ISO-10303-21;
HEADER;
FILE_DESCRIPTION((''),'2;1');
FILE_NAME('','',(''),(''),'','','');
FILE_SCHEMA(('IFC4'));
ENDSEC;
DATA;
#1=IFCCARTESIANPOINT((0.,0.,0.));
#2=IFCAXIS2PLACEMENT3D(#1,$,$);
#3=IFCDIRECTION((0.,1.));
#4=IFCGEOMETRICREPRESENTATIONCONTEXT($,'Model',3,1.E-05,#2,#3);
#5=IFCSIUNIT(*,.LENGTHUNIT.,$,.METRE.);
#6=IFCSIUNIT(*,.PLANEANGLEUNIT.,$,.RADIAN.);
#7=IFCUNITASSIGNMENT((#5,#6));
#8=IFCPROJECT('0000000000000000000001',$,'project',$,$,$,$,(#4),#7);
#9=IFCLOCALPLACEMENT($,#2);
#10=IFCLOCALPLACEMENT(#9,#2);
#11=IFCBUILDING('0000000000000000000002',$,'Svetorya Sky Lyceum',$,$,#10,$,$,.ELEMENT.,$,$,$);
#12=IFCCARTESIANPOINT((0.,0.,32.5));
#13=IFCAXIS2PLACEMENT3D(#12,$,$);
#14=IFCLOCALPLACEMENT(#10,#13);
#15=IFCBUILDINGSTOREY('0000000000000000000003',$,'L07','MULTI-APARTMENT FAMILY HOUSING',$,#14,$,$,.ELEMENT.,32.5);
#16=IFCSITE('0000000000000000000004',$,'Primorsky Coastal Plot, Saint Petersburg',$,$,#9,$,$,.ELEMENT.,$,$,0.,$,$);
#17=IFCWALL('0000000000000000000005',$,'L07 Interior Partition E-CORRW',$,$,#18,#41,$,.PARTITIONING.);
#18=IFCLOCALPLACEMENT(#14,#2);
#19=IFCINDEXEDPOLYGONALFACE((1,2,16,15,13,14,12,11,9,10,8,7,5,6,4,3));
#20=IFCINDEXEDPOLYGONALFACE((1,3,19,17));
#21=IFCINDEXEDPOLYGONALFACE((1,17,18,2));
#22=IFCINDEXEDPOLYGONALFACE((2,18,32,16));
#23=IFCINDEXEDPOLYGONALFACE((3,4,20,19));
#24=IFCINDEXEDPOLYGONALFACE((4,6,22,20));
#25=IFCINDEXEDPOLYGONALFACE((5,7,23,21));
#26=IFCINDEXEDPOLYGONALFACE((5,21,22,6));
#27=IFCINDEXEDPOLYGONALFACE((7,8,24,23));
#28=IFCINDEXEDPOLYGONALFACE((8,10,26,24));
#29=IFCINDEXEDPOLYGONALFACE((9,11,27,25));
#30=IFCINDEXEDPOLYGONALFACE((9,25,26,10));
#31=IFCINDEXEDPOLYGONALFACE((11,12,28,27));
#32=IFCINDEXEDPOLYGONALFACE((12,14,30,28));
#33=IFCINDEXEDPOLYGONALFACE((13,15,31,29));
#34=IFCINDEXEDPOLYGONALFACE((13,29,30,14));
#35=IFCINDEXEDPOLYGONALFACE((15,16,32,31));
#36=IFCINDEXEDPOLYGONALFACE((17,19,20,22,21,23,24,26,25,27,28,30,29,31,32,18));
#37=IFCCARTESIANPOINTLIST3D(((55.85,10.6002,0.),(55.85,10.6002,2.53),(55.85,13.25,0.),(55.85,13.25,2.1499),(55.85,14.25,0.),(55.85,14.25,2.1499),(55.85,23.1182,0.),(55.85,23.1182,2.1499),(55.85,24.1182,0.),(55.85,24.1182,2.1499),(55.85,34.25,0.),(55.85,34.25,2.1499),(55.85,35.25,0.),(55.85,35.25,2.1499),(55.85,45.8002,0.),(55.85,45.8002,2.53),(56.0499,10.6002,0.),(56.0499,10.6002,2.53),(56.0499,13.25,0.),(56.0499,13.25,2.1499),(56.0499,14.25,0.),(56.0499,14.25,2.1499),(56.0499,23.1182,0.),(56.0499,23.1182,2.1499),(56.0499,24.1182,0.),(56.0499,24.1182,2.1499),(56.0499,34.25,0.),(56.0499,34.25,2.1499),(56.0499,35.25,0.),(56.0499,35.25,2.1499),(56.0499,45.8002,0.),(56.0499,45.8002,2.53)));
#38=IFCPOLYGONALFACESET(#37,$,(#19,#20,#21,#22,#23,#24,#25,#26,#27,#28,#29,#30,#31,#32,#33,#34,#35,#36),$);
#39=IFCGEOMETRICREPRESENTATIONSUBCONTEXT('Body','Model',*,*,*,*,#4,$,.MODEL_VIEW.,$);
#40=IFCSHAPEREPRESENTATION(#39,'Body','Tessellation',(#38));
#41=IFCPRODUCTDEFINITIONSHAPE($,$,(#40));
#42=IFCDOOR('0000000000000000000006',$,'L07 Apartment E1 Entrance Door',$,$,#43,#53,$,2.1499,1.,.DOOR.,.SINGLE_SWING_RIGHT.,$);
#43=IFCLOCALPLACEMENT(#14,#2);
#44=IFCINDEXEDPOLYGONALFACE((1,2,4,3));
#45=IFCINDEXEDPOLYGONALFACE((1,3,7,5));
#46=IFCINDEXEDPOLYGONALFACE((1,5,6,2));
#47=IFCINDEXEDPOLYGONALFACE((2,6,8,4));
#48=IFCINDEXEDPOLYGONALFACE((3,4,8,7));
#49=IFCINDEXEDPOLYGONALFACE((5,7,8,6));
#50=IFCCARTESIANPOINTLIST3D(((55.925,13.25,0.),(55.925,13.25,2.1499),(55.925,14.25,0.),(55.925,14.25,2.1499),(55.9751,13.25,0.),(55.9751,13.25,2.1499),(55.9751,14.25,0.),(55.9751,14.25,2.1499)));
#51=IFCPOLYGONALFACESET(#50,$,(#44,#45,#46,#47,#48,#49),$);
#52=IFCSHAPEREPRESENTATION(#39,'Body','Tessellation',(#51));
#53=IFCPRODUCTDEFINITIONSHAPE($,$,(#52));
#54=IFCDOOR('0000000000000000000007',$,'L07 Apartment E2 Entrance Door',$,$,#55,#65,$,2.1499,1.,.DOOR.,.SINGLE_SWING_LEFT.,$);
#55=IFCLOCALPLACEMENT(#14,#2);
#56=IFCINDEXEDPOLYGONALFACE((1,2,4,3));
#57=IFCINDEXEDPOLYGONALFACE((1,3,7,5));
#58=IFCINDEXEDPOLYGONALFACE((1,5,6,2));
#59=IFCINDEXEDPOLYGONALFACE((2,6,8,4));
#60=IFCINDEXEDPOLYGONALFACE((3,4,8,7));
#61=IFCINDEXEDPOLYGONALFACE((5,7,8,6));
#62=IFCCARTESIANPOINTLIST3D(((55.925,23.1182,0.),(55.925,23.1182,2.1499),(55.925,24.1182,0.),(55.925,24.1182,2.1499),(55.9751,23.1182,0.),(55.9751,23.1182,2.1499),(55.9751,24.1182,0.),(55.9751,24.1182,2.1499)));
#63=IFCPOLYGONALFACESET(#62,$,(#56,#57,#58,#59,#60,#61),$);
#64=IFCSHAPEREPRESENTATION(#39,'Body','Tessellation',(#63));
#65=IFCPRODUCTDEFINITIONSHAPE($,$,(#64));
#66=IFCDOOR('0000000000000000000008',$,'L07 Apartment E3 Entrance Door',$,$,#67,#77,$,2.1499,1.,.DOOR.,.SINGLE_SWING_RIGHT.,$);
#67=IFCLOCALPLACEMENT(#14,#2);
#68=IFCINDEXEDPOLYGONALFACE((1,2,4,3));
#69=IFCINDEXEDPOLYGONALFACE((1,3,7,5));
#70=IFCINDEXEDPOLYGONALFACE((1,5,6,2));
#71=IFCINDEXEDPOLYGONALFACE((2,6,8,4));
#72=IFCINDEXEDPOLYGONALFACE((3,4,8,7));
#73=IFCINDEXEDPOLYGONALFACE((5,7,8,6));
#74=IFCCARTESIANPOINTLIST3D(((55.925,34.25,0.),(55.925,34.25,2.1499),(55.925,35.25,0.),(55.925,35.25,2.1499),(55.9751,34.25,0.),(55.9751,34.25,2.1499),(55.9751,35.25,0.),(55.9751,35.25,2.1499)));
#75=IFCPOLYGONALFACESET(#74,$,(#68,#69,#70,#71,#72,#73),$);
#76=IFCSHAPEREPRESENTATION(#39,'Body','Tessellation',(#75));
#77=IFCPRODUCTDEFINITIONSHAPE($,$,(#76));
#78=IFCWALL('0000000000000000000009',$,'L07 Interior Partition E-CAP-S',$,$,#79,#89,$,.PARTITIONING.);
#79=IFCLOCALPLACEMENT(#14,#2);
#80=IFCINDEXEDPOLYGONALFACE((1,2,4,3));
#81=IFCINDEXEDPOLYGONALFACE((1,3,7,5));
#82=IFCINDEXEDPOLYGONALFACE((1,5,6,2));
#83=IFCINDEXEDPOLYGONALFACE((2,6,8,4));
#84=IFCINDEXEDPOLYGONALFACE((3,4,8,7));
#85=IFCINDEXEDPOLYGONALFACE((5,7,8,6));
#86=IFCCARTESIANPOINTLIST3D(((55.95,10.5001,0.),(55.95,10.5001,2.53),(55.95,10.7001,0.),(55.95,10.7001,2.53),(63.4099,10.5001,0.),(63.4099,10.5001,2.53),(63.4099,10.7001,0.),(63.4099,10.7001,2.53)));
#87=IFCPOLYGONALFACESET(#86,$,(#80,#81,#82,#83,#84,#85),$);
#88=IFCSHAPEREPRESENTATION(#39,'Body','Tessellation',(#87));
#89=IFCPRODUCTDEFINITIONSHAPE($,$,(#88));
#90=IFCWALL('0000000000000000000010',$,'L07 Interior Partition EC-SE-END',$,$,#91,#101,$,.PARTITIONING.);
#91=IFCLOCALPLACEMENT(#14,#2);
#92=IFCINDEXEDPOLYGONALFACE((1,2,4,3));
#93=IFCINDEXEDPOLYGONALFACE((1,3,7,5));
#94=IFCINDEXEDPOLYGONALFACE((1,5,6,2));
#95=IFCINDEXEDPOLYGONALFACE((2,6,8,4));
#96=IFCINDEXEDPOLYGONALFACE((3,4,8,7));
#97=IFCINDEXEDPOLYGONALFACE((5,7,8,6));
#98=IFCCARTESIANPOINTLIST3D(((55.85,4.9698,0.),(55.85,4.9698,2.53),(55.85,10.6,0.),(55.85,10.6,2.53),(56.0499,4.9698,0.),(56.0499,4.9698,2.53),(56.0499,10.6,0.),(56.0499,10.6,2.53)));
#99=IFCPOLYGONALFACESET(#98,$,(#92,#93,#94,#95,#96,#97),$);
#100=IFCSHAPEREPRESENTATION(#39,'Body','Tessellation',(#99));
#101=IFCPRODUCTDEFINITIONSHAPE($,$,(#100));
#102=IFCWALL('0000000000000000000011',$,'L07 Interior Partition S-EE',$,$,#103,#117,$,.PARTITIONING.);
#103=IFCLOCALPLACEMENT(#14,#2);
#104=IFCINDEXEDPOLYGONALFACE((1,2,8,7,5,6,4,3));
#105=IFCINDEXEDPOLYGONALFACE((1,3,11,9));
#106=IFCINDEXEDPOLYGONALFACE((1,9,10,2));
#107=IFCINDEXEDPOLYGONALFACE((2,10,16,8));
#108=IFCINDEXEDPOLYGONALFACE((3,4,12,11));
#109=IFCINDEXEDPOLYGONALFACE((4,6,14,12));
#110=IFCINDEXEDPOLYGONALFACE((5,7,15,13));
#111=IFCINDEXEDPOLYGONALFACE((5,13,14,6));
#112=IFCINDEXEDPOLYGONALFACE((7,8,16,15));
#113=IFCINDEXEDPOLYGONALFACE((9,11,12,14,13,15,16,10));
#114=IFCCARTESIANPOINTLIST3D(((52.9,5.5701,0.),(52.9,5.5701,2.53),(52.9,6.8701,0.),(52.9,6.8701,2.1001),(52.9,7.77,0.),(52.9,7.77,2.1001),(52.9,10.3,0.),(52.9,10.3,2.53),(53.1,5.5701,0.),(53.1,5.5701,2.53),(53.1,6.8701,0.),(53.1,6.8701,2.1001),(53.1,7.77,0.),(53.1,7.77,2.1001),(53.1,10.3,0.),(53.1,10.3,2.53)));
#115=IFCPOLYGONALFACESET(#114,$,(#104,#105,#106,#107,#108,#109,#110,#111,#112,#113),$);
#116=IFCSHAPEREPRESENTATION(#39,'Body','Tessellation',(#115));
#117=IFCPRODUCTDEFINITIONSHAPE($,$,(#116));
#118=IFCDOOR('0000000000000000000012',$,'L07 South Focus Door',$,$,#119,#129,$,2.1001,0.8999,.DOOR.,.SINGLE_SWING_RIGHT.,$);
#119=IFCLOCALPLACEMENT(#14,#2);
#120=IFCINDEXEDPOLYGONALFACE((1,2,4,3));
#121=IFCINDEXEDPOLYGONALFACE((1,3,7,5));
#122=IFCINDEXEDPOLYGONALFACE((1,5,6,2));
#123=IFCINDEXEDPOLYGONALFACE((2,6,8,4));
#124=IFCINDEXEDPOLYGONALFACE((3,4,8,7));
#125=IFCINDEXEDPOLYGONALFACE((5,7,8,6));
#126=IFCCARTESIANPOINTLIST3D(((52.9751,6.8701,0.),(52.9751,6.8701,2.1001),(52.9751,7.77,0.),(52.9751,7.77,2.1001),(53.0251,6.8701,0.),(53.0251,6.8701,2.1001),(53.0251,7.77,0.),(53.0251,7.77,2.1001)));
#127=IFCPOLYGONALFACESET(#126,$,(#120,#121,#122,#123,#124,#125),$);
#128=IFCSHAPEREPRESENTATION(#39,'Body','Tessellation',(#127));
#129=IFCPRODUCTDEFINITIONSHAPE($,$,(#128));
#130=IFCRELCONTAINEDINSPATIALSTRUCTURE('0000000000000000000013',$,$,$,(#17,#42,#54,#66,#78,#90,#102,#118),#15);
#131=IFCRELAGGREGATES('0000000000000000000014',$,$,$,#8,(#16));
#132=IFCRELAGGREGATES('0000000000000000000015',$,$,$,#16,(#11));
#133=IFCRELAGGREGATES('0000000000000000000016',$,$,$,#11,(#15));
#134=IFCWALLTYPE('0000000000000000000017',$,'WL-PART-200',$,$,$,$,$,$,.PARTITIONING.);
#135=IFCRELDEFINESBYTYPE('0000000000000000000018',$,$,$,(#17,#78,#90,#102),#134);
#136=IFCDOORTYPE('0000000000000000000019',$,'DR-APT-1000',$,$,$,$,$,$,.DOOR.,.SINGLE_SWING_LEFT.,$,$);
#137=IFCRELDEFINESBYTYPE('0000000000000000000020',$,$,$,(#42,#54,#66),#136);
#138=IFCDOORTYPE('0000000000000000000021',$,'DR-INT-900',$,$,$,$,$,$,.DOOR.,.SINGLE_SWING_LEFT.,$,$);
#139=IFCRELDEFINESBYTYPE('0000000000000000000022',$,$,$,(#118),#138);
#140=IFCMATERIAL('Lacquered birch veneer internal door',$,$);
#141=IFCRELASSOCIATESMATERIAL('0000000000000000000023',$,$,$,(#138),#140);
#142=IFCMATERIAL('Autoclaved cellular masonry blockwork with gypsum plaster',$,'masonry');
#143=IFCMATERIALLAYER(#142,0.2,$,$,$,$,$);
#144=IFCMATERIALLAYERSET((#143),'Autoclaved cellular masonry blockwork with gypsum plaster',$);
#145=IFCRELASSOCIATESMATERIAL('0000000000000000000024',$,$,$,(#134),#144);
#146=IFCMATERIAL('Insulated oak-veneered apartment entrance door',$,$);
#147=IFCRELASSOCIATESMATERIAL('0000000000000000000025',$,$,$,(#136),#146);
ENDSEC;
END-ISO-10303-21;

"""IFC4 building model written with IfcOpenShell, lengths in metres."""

from ifc_helpers import new_model, si_unit, direction, frame, frame_2d, origin, place, context, subcontext, project, spatial, rectangle, extrude, material, layer, layer_set, type_object, element, fill, save


model = new_model("IFC4")

# Units and contexts
model_context = context("Model", 3, precision=1e-05, world=origin(), true_north=direction((0.0, 1.0)))
body_context = subcontext(model_context, "Body", "Model", "MODEL_VIEW")
ifc_project = project(units=[si_unit("LENGTHUNIT", "METRE"), si_unit("PLANEANGLEUNIT", "RADIAN")], contexts=[model_context])

# Site, building, storey
site_placement = place(None, origin())
site = spatial("IfcSite", under=ifc_project, at=site_placement, Name="Primorsky Coastal Plot, Saint Petersburg", CompositionType="ELEMENT", RefElevation=0.0)
building_placement = place(site_placement, origin())
building = spatial("IfcBuilding", under=site, at=building_placement, Name="Svetorya Sky Lyceum", CompositionType="ELEMENT")
storey_placement = place(building_placement, frame((0.0, 0.0, 32.5)))
storey = spatial("IfcBuildingStorey", under=building, at=storey_placement, Name="L07", Description="MULTI-APARTMENT FAMILY HOUSING", CompositionType="ELEMENT", Elevation=32.5)

# Shared definitions
ifc_material_1 = material(Name="Lacquered birch veneer internal door")
door_type_1 = type_object("IfcDoorType", Name="DR-INT-900", OperationType="SINGLE_SWING_LEFT", PredefinedType="DOOR", material=ifc_material_1)

# Wall, openings, doors
ifc_material_2 = material(Name="Autoclaved cellular masonry blockwork with gypsum plaster", Category="masonry")
ifc_layer_1 = layer(ifc_material_2, 0.2)
ifc_layer_set_1 = layer_set([ifc_layer_1], Name="Autoclaved cellular masonry blockwork with gypsum plaster")
wall_type_1 = type_object("IfcWallType", Name="WL-PART-200", PredefinedType="PARTITIONING", material=ifc_layer_set_1)
wall_1_placement = place(storey_placement, frame((55.95, 10.6001, 0.0), z_axis=(0.0, 0.0, 1.0), x_axis=(0.0, 1.0, 0.0)))
wall_1 = element("IfcWall", 1, at=wall_1_placement, inside=storey, type_object=wall_type_1, Name="L07 Interior Partition E-CORRW", PredefinedType="PARTITIONING", context=body_context, shape_type="SweptSolid", body=[
    extrude(rectangle(XDim=35.2, YDim=0.2, at=frame_2d((17.6001, 0.0))), origin(), (0.0, 0.0, 1.0), 2.53),
])
opening_1_placement = place(wall_1_placement, frame((2.6499, 0.0, 0.0)))
opening_1 = element("IfcOpeningElement", 2, at=opening_1_placement, cuts=wall_1, PredefinedType="OPENING", context=body_context, shape_type="SweptSolid", body=[
    extrude(rectangle(XDim=1.0, YDim=2.1499, at=frame_2d((0.5, 1.075))), frame((0.0, 0.1099, 0.0), z_axis=(0.0, -1.0, 0.0), x_axis=(1.0, 0.0, 0.0)), (0.0, 0.0, 1.0), 0.22),
])
opening_2_placement = place(wall_1_placement, frame((12.5181, 0.0, 0.0)))
opening_2 = element("IfcOpeningElement", 3, at=opening_2_placement, cuts=wall_1, PredefinedType="OPENING", context=body_context, shape_type="SweptSolid", body=[
    extrude(rectangle(XDim=1.0, YDim=2.1499, at=frame_2d((0.5, 1.075))), frame((0.0, 0.1099, 0.0), z_axis=(0.0, -1.0, 0.0), x_axis=(1.0, 0.0, 0.0)), (0.0, 0.0, 1.0), 0.22),
])
opening_3_placement = place(wall_1_placement, frame((23.6499, 0.0, 0.0)))
opening_3 = element("IfcOpeningElement", 4, at=opening_3_placement, cuts=wall_1, PredefinedType="OPENING", context=body_context, shape_type="SweptSolid", body=[
    extrude(rectangle(XDim=1.0, YDim=2.1499, at=frame_2d((0.5, 1.075))), frame((0.0, 0.1099, 0.0), z_axis=(0.0, -1.0, 0.0), x_axis=(1.0, 0.0, 0.0)), (0.0, 0.0, 1.0), 0.22),
])
ifc_material_3 = material(Name="Insulated oak-veneered apartment entrance door")
door_type_2 = type_object("IfcDoorType", Name="DR-APT-1000", OperationType="SINGLE_SWING_LEFT", PredefinedType="DOOR", material=ifc_material_3)
door_1_placement = place(opening_1_placement, origin())
door_1 = element("IfcDoor", 5, at=door_1_placement, inside=storey, type_object=door_type_2, Name="L07 Apartment E1 Entrance Door", OperationType="SINGLE_SWING_RIGHT", OverallHeight=2.1499, OverallWidth=1.0, PredefinedType="DOOR", context=body_context, shape_type="SweptSolid", body=[
    extrude(rectangle(XDim=1.0, YDim=2.1499, at=frame_2d((0.5, 1.075))), frame((0.0, 0.0249, 0.0), z_axis=(0.0, -1.0, 0.0), x_axis=(1.0, 0.0, 0.0)), (0.0, 0.0, 1.0), 0.05),
])
fill(opening_1, door_1)
door_2_placement = place(opening_2_placement, origin())
door_2 = element("IfcDoor", 6, at=door_2_placement, inside=storey, type_object=door_type_2, Name="L07 Apartment E2 Entrance Door", OperationType="SINGLE_SWING_LEFT", OverallHeight=2.1499, OverallWidth=1.0, PredefinedType="DOOR", context=body_context, shape_type="SweptSolid", body=[
    extrude(rectangle(XDim=1.0, YDim=2.1499, at=frame_2d((0.5, 1.075))), frame((0.0, 0.0249, 0.0), z_axis=(0.0, -1.0, 0.0), x_axis=(1.0, 0.0, 0.0)), (0.0, 0.0, 1.0), 0.05),
])
fill(opening_2, door_2)
door_3_placement = place(opening_3_placement, origin())
door_3 = element("IfcDoor", 7, at=door_3_placement, inside=storey, type_object=door_type_2, Name="L07 Apartment E3 Entrance Door", OperationType="SINGLE_SWING_RIGHT", OverallHeight=2.1499, OverallWidth=1.0, PredefinedType="DOOR", context=body_context, shape_type="SweptSolid", body=[
    extrude(rectangle(XDim=1.0, YDim=2.1499, at=frame_2d((0.5, 1.075))), frame((0.0, 0.0249, 0.0), z_axis=(0.0, -1.0, 0.0), x_axis=(1.0, 0.0, 0.0)), (0.0, 0.0, 1.0), 0.05),
])
fill(opening_3, door_3)

# Walls
wall_2_placement = place(storey_placement, frame((55.95, 10.6001, 0.0), z_axis=(0.0, 0.0, 1.0), x_axis=(1.0, 0.0, 0.0)))
element("IfcWall", 8, at=wall_2_placement, inside=storey, type_object=wall_type_1, Name="L07 Interior Partition E-CAP-S", PredefinedType="PARTITIONING", context=body_context, shape_type="SweptSolid", body=[
    extrude(rectangle(XDim=7.46, YDim=0.2, at=frame_2d((3.73, 0.0))), origin(), (0.0, 0.0, 1.0), 2.53),
])
wall_3_placement = place(storey_placement, frame((55.95, 4.97, 0.0), z_axis=(0.0, 0.0, 1.0), x_axis=(0.0, 1.0, 0.0)))
element("IfcWall", 9, at=wall_3_placement, inside=storey, type_object=wall_type_1, Name="L07 Interior Partition EC-SE-END", PredefinedType="PARTITIONING", context=body_context, shape_type="SweptSolid", body=[
    extrude(rectangle(XDim=5.6301, YDim=0.2, at=frame_2d((2.8149, 0.0))), origin(), (0.0, 0.0, 1.0), 2.53),
])

# Wall, opening, door
wall_4_placement = place(storey_placement, frame((53.0, 5.5701, 0.0), z_axis=(0.0, 0.0, 1.0), x_axis=(0.0, 1.0, 0.0)))
wall_4 = element("IfcWall", 10, at=wall_4_placement, inside=storey, type_object=wall_type_1, Name="L07 Interior Partition S-EE", PredefinedType="PARTITIONING", context=body_context, shape_type="SweptSolid", body=[
    extrude(rectangle(XDim=4.73, YDim=0.2, at=frame_2d((2.365, 0.0))), origin(), (0.0, 0.0, 1.0), 2.53),
])
opening_4_placement = place(wall_4_placement, frame((1.3, 0.0, 0.0)))
opening_4 = element("IfcOpeningElement", 11, at=opening_4_placement, cuts=wall_4, PredefinedType="OPENING", context=body_context, shape_type="SweptSolid", body=[
    extrude(rectangle(XDim=0.8999, YDim=2.1001, at=frame_2d((0.45, 1.05))), frame((0.0, 0.1099, 0.0), z_axis=(0.0, -1.0, 0.0), x_axis=(1.0, 0.0, 0.0)), (0.0, 0.0, 1.0), 0.22),
])
door_4_placement = place(opening_4_placement, origin())
door_4 = element("IfcDoor", 12, at=door_4_placement, inside=storey, type_object=door_type_1, Name="L07 South Focus Door", OperationType="SINGLE_SWING_RIGHT", OverallHeight=2.1001, OverallWidth=0.8999, PredefinedType="DOOR", context=body_context, shape_type="SweptSolid", body=[
    extrude(rectangle(XDim=0.8999, YDim=2.1001, at=frame_2d((0.45, 1.05))), frame((0.0, 0.0249, 0.0), z_axis=(0.0, -1.0, 0.0), x_axis=(1.0, 0.0, 0.0)), (0.0, 0.0, 1.0), 0.05),
])
fill(opening_4, door_4)

save(model, "model.ifc")
